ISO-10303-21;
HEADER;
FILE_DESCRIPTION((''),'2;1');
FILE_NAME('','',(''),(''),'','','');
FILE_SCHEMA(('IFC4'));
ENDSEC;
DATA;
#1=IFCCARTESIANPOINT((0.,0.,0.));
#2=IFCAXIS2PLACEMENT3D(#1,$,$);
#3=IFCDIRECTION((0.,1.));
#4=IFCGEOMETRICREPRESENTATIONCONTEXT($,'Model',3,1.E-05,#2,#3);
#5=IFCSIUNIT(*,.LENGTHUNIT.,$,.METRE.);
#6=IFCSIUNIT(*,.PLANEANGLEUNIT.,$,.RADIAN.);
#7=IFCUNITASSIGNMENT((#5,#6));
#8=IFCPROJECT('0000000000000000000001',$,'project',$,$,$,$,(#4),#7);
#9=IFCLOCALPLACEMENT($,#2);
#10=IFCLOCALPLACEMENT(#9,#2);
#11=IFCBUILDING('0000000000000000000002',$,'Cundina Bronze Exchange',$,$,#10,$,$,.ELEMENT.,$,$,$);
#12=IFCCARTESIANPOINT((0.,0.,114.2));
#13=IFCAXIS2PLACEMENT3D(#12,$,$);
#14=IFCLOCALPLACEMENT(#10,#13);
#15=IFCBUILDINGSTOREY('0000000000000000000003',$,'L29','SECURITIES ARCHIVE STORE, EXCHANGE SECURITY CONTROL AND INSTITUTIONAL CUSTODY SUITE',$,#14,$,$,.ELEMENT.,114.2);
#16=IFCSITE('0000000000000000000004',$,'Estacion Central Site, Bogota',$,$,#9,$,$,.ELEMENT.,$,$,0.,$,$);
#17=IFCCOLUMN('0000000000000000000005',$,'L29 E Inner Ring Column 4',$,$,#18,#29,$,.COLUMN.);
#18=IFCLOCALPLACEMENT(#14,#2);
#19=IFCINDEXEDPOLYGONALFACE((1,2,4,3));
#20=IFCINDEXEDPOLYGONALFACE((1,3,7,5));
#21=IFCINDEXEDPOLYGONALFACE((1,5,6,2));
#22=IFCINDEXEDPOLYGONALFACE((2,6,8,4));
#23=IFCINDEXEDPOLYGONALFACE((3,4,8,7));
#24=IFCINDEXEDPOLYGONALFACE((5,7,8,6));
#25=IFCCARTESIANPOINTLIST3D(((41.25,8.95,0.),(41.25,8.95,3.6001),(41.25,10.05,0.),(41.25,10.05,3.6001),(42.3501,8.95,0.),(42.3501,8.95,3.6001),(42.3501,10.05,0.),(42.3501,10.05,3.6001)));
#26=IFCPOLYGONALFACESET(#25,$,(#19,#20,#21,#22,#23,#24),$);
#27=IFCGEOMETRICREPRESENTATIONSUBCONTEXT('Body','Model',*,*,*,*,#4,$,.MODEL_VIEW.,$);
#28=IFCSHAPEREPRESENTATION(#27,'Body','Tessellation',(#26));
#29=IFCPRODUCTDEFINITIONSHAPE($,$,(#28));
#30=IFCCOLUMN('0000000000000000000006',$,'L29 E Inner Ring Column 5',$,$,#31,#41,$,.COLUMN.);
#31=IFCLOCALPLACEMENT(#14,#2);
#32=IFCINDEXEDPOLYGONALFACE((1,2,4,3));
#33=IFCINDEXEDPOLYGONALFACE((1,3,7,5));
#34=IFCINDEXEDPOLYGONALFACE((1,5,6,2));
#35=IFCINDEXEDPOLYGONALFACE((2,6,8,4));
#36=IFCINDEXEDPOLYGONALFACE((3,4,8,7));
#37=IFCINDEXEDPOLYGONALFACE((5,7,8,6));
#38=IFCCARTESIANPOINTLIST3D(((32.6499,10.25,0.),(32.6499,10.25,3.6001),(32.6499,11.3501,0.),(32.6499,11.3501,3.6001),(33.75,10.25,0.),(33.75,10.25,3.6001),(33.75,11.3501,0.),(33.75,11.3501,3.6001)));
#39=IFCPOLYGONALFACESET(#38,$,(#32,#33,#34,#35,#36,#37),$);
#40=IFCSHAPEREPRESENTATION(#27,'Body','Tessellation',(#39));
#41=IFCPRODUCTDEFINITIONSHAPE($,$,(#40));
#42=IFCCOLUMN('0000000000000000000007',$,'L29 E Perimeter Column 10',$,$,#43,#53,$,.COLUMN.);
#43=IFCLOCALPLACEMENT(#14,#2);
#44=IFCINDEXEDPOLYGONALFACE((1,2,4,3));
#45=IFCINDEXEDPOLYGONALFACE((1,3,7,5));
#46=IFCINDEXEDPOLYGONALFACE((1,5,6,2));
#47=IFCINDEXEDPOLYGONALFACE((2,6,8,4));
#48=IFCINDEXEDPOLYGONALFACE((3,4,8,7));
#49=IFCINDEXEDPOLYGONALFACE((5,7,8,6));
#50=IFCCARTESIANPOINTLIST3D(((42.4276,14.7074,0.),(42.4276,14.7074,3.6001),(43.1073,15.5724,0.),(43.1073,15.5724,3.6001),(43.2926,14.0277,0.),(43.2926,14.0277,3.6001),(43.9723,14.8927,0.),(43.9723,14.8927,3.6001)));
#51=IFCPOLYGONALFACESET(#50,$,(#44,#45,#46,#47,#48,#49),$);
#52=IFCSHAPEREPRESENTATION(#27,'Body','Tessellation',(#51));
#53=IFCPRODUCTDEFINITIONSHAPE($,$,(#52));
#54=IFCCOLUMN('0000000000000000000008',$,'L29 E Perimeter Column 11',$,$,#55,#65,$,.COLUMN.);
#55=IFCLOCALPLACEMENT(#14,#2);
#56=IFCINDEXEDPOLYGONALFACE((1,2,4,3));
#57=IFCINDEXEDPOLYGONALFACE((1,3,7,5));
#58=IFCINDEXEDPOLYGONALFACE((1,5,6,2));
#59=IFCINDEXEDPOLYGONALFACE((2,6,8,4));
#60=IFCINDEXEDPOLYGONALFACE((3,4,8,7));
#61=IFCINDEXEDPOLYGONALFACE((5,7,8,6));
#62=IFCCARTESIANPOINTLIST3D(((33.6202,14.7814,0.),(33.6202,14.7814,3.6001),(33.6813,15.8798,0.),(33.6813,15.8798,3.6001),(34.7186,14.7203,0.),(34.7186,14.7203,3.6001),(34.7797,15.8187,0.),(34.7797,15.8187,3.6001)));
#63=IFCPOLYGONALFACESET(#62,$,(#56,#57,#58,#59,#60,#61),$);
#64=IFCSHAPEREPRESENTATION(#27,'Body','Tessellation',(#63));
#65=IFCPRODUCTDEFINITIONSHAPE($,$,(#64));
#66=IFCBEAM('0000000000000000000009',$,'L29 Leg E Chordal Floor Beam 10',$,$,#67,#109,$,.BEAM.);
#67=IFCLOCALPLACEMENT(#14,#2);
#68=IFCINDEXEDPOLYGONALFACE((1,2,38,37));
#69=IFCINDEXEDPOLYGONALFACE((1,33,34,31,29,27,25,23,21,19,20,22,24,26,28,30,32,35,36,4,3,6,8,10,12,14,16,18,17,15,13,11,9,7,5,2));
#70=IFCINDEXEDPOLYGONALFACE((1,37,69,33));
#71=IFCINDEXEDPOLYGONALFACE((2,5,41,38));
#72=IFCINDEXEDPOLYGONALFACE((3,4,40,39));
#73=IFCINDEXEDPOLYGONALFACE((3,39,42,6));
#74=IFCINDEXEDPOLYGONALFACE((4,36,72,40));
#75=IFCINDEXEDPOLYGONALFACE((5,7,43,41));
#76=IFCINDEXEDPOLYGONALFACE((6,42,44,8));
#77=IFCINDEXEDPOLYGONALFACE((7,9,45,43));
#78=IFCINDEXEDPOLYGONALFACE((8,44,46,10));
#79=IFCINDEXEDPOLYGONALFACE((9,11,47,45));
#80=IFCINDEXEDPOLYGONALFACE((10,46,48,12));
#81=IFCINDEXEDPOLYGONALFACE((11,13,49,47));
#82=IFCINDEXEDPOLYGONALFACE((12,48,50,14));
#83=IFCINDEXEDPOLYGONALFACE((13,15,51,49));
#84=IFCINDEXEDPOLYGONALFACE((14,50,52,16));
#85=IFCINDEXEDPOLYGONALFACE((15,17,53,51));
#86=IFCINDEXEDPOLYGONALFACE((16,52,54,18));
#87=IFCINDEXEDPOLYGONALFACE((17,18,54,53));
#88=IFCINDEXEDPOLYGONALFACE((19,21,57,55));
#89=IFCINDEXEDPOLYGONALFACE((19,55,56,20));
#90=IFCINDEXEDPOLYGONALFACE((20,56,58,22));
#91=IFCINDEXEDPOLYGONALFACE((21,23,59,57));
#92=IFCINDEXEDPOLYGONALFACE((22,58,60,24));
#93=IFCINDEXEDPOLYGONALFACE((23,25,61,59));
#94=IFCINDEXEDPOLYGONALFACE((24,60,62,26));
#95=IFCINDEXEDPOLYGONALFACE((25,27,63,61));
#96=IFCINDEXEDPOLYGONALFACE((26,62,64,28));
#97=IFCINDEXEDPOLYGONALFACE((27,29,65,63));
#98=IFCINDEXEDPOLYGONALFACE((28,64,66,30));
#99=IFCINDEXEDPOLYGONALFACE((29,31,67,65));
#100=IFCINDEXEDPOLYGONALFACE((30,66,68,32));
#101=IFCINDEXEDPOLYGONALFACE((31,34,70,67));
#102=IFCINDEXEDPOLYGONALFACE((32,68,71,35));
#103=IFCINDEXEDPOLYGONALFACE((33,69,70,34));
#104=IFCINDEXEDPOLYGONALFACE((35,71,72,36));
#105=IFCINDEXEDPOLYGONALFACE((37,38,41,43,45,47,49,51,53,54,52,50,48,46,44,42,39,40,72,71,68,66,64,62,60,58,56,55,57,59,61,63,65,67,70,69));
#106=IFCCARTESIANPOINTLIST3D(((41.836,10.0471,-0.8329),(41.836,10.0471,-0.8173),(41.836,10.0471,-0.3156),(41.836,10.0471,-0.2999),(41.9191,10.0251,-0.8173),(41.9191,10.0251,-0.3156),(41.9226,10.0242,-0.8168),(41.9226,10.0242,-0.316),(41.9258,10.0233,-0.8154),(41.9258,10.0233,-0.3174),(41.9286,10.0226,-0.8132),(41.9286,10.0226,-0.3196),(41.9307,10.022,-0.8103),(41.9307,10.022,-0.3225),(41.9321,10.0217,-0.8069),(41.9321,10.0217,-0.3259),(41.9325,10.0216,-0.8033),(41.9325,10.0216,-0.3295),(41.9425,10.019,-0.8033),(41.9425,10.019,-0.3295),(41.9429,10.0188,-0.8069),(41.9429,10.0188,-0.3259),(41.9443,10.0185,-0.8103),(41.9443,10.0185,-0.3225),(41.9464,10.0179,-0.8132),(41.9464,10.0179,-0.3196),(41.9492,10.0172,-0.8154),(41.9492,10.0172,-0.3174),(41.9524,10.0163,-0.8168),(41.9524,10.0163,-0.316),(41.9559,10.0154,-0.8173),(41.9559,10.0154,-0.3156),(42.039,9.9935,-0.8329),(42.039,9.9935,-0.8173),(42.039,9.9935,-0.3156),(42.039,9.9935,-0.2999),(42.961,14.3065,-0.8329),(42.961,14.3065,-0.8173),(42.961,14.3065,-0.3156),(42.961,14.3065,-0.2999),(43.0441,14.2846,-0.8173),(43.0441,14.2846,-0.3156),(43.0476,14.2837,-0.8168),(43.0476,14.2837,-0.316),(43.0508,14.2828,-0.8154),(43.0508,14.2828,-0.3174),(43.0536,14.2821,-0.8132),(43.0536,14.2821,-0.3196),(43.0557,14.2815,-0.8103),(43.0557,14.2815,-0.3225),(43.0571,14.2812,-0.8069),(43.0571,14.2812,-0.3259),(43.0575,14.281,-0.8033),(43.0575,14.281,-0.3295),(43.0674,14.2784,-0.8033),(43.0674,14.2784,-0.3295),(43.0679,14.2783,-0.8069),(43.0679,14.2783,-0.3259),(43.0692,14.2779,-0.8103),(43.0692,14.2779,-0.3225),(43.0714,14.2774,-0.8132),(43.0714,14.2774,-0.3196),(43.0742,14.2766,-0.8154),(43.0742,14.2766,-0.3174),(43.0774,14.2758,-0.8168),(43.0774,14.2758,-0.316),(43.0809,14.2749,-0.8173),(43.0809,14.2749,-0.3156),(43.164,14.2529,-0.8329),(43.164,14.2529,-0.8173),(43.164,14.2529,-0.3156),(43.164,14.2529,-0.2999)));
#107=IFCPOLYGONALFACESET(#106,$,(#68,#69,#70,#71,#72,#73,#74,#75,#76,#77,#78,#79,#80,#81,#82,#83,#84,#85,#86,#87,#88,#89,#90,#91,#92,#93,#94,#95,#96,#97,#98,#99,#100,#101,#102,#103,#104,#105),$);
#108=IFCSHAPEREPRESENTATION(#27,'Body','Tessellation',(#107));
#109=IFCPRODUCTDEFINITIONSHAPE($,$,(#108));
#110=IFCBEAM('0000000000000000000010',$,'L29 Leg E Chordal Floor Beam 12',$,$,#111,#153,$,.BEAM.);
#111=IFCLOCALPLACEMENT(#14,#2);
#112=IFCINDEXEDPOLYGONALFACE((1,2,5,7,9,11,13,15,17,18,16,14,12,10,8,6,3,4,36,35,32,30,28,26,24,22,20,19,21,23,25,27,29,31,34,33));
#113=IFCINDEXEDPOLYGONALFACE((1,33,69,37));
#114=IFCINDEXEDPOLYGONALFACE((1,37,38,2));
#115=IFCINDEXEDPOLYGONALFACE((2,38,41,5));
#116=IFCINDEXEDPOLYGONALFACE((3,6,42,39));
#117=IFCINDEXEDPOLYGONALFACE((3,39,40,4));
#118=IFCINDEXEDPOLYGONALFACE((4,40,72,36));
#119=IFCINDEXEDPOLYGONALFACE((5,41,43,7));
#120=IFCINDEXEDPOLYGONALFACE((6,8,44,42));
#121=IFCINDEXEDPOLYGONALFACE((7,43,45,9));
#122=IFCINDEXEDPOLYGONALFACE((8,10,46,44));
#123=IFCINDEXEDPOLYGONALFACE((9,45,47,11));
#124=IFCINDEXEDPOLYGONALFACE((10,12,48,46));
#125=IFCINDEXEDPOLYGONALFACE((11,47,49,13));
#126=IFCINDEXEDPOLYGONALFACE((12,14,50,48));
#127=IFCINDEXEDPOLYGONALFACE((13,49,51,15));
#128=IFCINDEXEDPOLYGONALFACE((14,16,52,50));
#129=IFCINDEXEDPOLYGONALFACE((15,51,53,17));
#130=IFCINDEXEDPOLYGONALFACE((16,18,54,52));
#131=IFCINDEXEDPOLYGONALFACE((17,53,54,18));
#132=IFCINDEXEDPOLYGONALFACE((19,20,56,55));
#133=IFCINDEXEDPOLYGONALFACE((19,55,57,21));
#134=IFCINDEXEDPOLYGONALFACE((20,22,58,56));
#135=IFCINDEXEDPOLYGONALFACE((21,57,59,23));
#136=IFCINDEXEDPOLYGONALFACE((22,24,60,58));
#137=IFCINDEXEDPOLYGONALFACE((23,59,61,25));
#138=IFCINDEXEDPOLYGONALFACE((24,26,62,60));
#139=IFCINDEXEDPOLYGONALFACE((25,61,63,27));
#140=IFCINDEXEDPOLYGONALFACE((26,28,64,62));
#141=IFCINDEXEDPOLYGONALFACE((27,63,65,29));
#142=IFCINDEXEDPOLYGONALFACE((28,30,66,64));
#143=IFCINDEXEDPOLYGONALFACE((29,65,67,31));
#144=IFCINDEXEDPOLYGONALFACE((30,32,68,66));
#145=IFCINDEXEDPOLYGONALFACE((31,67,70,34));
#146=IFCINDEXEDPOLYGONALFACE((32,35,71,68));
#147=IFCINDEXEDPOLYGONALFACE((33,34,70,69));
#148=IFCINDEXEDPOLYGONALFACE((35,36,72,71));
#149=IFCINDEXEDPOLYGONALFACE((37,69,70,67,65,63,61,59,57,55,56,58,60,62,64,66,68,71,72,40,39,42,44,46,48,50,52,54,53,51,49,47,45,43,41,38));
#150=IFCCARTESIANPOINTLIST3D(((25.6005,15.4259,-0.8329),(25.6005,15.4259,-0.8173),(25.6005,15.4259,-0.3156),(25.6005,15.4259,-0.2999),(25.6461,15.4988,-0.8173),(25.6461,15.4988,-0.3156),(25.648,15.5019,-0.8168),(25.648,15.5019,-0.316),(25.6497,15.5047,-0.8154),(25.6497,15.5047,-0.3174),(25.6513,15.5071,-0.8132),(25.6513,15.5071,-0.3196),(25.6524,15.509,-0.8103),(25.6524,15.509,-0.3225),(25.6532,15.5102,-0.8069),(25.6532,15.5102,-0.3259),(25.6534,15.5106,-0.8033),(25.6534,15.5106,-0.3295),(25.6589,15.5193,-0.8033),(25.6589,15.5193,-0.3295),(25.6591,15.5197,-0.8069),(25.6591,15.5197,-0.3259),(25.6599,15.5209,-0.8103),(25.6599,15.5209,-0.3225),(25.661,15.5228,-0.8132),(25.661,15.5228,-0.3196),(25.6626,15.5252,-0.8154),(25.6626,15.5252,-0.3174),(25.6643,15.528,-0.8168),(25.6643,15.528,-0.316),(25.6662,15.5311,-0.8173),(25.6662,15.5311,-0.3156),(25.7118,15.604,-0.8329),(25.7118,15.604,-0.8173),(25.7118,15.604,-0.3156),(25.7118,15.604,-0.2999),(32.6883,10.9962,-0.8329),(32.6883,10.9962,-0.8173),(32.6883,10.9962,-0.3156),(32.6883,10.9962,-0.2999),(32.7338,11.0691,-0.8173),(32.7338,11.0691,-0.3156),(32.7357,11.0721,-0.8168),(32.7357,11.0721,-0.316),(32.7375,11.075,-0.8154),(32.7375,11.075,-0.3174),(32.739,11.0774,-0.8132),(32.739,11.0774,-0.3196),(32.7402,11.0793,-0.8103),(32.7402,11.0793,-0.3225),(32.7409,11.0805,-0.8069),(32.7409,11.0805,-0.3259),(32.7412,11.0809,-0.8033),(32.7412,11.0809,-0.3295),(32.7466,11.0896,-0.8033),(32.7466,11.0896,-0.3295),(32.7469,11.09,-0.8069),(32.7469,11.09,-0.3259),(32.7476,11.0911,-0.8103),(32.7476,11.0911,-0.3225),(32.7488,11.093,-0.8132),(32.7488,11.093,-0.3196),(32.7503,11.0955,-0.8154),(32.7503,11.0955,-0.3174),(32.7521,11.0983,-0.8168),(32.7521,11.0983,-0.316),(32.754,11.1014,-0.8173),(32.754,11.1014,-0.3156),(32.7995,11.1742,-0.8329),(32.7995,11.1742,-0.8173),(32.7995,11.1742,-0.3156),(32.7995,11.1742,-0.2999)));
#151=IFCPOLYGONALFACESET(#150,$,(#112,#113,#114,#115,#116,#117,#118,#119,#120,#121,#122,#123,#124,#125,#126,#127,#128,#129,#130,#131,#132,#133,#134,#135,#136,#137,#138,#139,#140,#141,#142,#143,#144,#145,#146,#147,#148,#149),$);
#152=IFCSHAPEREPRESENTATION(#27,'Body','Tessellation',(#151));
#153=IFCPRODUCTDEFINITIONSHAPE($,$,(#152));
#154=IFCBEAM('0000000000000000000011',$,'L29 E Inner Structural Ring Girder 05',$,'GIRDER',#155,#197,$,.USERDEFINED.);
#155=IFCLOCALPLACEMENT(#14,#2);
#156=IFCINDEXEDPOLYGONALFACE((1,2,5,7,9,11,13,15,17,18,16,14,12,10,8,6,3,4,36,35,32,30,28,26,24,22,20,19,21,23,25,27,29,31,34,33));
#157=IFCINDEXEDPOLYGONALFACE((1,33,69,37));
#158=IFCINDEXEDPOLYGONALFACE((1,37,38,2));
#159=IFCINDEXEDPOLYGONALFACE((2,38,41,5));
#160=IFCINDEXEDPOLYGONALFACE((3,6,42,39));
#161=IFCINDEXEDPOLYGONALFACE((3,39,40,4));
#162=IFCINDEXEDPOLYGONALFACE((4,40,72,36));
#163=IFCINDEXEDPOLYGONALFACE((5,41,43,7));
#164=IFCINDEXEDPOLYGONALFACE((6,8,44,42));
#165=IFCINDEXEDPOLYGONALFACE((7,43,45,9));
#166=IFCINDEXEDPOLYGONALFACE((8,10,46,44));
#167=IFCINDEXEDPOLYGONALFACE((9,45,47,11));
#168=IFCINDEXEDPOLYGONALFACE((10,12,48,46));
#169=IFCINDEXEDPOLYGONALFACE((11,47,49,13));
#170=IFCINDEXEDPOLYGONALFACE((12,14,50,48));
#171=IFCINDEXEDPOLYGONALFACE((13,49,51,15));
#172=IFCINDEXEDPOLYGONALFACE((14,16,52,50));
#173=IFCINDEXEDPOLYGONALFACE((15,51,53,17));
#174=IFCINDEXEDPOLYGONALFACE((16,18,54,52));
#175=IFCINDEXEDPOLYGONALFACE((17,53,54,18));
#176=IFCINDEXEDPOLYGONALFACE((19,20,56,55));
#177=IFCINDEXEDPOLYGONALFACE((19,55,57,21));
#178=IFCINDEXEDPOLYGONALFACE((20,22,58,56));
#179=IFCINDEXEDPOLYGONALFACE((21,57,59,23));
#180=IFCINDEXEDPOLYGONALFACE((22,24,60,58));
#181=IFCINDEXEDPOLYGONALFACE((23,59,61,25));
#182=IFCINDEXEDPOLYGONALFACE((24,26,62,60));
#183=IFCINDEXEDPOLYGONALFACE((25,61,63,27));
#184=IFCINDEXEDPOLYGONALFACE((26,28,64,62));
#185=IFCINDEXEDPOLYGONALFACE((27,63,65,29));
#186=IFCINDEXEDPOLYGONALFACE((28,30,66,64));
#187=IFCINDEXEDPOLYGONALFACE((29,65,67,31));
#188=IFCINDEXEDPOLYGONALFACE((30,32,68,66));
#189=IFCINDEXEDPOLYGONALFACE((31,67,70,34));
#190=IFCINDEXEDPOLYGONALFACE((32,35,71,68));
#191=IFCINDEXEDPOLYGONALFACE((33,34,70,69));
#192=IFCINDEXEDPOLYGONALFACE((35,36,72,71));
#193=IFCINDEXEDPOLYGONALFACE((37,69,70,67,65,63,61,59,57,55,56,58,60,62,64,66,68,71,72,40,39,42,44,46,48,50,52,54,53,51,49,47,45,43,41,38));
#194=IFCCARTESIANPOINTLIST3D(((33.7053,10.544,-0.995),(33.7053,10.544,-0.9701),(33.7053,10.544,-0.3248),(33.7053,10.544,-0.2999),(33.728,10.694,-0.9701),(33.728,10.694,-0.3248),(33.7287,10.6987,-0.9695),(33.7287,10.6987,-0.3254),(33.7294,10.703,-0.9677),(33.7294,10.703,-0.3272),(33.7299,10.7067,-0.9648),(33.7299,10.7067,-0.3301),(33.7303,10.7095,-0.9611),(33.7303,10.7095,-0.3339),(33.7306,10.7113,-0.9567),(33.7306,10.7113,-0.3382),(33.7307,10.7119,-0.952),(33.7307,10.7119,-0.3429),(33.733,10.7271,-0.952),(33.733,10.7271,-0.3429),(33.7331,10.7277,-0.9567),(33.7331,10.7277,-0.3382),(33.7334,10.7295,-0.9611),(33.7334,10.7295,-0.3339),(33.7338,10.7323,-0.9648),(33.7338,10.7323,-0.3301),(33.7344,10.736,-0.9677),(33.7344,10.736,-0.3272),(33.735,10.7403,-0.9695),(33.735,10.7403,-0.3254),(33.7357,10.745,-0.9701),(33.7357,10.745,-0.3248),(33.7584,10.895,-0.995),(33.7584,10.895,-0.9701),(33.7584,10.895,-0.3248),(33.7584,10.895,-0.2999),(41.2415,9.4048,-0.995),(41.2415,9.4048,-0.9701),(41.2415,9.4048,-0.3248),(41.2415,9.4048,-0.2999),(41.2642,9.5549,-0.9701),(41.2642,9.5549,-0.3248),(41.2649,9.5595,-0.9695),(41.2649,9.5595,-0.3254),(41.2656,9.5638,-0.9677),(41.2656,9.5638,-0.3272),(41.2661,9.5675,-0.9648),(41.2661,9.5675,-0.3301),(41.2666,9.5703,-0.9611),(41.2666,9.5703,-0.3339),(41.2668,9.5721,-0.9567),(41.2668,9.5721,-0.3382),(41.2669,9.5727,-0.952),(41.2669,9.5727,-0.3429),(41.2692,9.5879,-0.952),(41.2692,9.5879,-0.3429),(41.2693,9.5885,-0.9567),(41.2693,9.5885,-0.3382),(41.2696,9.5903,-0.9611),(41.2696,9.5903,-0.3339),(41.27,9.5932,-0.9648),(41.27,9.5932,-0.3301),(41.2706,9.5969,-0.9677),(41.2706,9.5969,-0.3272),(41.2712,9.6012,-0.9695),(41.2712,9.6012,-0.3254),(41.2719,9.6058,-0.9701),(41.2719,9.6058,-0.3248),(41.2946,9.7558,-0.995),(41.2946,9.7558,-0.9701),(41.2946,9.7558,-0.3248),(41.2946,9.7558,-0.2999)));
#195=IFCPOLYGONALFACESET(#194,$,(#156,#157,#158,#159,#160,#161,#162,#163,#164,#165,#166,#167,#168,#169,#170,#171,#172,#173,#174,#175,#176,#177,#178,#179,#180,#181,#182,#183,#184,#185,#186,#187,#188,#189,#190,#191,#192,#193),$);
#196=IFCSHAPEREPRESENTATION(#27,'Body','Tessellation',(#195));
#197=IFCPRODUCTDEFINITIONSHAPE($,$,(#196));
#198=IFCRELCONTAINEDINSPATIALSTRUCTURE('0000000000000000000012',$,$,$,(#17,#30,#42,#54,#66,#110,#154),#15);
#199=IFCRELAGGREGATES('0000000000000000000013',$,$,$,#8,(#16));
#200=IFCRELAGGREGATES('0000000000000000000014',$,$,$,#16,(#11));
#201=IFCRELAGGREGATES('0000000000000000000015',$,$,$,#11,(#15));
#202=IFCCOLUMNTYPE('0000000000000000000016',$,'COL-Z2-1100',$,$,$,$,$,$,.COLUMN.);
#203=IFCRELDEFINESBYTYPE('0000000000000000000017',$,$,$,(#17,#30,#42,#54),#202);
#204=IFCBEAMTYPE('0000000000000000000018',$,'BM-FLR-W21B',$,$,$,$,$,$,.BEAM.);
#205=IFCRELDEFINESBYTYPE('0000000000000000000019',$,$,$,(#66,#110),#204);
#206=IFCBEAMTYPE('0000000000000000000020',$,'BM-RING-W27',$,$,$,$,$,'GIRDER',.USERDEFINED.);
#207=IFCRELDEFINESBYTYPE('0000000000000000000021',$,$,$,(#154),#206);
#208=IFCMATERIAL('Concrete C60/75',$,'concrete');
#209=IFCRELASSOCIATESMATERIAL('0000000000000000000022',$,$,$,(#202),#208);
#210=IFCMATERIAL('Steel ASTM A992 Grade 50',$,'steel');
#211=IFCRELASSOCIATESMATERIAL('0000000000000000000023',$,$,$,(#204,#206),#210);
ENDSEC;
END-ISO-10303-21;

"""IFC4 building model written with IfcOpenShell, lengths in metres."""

from ifc_helpers import new_model, si_unit, direction, frame, origin, origin_2d, place, context, subcontext, project, spatial, rectangle, i_section, extrude, material, material_profile, profile_set, type_object, element, save


model = new_model("IFC4")

# Units and contexts
model_context = context("Model", 3, precision=1e-05, world=origin(), true_north=direction((0.0, 1.0)))
body_context = subcontext(model_context, "Body", "Model", "MODEL_VIEW")
ifc_project = project(units=[si_unit("LENGTHUNIT", "METRE"), si_unit("PLANEANGLEUNIT", "RADIAN")], contexts=[model_context])

# Site, building, storey
site_placement = place(None, origin())
site = spatial("IfcSite", under=ifc_project, at=site_placement, Name="Estacion Central Site, Bogota", CompositionType="ELEMENT", RefElevation=0.0)
building_placement = place(site_placement, origin())
building = spatial("IfcBuilding", under=site, at=building_placement, Name="Cundina Bronze Exchange", CompositionType="ELEMENT")
storey_placement = place(building_placement, frame((0.0, 0.0, 114.2)))
storey = spatial("IfcBuildingStorey", under=building, at=storey_placement, Name="L29", Description="SECURITIES ARCHIVE STORE, EXCHANGE SECURITY CONTROL AND INSTITUTIONAL CUSTODY SUITE", CompositionType="ELEMENT", Elevation=114.2)

# Columns
ifc_material_1 = material(Name="Concrete C60/75", Category="concrete")
ifc_material_profile_1 = material_profile(ifc_material_1, rectangle(XDim=1.1001, YDim=1.1001, at=origin_2d()), Name="RC1100X1100", Category="concrete")
ifc_profile_set_1 = profile_set([ifc_material_profile_1], Name="Concrete C60/75")
column_type = type_object("IfcColumnType", Name="COL-Z2-1100", PredefinedType="COLUMN", material=ifc_profile_set_1)
for number, where, z_axis, x_axis, name in (
    (1, (41.8, 9.5, 0.0), (0.0, 0.0, 1.0), (1.0, 0.0, 0.0), "L29 E Inner Ring Column 4"),
    (2, (33.2, 10.8, 0.0), (0.0, 0.0, 1.0), (1.0, 0.0, 0.0), "L29 E Inner Ring Column 5"),
    (3, (43.2, 14.8, 0.0), (0.0, 0.0, 1.0), (-0.786288, 0.61786, 0.0), "L29 E Perimeter Column 10"),
    (4, (34.2, 15.3, 0.0), (0.0, 0.0, 1.0), (-0.99846, 0.055473, 0.0), "L29 E Perimeter Column 11"),
):
    element("IfcColumn", number, at=place(storey_placement, frame(where, z_axis=z_axis, x_axis=x_axis)), inside=storey, type_object=column_type, Name=name, PredefinedType="COLUMN", context=body_context, shape_type="SweptSolid", body=[
        extrude(rectangle(XDim=1.1001, YDim=1.1001, at=origin_2d()), origin(), (0.0, 0.0, 1.0), 3.6001),
    ])

# Beams
ifc_material_2 = material(Name="Steel ASTM A992 Grade 50", Category="steel")
ifc_material_profile_2 = material_profile(ifc_material_2, i_section(OverallWidth=0.21, OverallDepth=0.533, WebThickness=0.0103, FlangeThickness=0.0156, FilletRadius=0.0139, at=origin_2d()), Name="W21X62", Category="steel")
ifc_profile_set_2 = profile_set([ifc_material_profile_2], Name="Steel ASTM A992 Grade 50")
beam_type_1 = type_object("IfcBeamType", Name="BM-FLR-W21B", PredefinedType="BEAM", material=ifc_profile_set_2)
beam_1_placement = place(storey_placement, frame((41.9375, 10.0203, -0.5664), z_axis=(0.255358, 0.966847, 0.0), x_axis=(-0.966847, 0.255358, 0.0)))
element("IfcBeam", 5, at=beam_1_placement, inside=storey, type_object=beam_type_1, Name="L29 Leg E Chordal Floor Beam 10", PredefinedType="BEAM", context=body_context, shape_type="SweptSolid", body=[
    extrude(i_section(OverallWidth=0.21, OverallDepth=0.533, WebThickness=0.0103, FlangeThickness=0.0156, FilletRadius=0.0139, at=origin_2d()), origin(), (0.0, 0.0, 1.0), 4.4055),
])
beam_2_placement = place(storey_placement, frame((32.7439, 11.0852, -0.5664), z_axis=(-0.848003, 0.529991, 0.0), x_axis=(-0.529991, -0.848003, 0.0)))
element("IfcBeam", 6, at=beam_2_placement, inside=storey, type_object=beam_type_1, Name="L29 Leg E Chordal Floor Beam 12", PredefinedType="BEAM", context=body_context, shape_type="SweptSolid", body=[
    extrude(i_section(OverallWidth=0.21, OverallDepth=0.533, WebThickness=0.0103, FlangeThickness=0.0156, FilletRadius=0.0139, at=origin_2d()), origin(), (0.0, 0.0, 1.0), 8.3582),
])
ifc_material_profile_3 = material_profile(ifc_material_2, i_section(OverallWidth=0.355, OverallDepth=0.6951, WebThickness=0.0154, FlangeThickness=0.0249, FilletRadius=0.0181, at=origin_2d()), Name="W27X146", Category="steel")
ifc_profile_set_3 = profile_set([ifc_material_profile_3], Name="Steel ASTM A992 Grade 50")
beam_type_2 = type_object("IfcBeamType", Name="BM-RING-W27", ElementType="GIRDER", PredefinedType="USERDEFINED", material=ifc_profile_set_3)
beam_3_placement = place(storey_placement, frame((41.2681, 9.5803, -0.6475), z_axis=(-0.988767, 0.149462, 0.0), x_axis=(-0.149462, -0.988767, 0.0)))
element("IfcBeam", 7, at=beam_3_placement, inside=storey, type_object=beam_type_2, Name="L29 E Inner Structural Ring Girder 05", ObjectType="GIRDER", PredefinedType="USERDEFINED", context=body_context, shape_type="SweptSolid", body=[
    extrude(i_section(OverallWidth=0.355, OverallDepth=0.6951, WebThickness=0.0154, FlangeThickness=0.0249, FilletRadius=0.0181, at=origin_2d()), origin(), (0.0, 0.0, 1.0), 7.6218),
])

save(model, "model.ifc")
